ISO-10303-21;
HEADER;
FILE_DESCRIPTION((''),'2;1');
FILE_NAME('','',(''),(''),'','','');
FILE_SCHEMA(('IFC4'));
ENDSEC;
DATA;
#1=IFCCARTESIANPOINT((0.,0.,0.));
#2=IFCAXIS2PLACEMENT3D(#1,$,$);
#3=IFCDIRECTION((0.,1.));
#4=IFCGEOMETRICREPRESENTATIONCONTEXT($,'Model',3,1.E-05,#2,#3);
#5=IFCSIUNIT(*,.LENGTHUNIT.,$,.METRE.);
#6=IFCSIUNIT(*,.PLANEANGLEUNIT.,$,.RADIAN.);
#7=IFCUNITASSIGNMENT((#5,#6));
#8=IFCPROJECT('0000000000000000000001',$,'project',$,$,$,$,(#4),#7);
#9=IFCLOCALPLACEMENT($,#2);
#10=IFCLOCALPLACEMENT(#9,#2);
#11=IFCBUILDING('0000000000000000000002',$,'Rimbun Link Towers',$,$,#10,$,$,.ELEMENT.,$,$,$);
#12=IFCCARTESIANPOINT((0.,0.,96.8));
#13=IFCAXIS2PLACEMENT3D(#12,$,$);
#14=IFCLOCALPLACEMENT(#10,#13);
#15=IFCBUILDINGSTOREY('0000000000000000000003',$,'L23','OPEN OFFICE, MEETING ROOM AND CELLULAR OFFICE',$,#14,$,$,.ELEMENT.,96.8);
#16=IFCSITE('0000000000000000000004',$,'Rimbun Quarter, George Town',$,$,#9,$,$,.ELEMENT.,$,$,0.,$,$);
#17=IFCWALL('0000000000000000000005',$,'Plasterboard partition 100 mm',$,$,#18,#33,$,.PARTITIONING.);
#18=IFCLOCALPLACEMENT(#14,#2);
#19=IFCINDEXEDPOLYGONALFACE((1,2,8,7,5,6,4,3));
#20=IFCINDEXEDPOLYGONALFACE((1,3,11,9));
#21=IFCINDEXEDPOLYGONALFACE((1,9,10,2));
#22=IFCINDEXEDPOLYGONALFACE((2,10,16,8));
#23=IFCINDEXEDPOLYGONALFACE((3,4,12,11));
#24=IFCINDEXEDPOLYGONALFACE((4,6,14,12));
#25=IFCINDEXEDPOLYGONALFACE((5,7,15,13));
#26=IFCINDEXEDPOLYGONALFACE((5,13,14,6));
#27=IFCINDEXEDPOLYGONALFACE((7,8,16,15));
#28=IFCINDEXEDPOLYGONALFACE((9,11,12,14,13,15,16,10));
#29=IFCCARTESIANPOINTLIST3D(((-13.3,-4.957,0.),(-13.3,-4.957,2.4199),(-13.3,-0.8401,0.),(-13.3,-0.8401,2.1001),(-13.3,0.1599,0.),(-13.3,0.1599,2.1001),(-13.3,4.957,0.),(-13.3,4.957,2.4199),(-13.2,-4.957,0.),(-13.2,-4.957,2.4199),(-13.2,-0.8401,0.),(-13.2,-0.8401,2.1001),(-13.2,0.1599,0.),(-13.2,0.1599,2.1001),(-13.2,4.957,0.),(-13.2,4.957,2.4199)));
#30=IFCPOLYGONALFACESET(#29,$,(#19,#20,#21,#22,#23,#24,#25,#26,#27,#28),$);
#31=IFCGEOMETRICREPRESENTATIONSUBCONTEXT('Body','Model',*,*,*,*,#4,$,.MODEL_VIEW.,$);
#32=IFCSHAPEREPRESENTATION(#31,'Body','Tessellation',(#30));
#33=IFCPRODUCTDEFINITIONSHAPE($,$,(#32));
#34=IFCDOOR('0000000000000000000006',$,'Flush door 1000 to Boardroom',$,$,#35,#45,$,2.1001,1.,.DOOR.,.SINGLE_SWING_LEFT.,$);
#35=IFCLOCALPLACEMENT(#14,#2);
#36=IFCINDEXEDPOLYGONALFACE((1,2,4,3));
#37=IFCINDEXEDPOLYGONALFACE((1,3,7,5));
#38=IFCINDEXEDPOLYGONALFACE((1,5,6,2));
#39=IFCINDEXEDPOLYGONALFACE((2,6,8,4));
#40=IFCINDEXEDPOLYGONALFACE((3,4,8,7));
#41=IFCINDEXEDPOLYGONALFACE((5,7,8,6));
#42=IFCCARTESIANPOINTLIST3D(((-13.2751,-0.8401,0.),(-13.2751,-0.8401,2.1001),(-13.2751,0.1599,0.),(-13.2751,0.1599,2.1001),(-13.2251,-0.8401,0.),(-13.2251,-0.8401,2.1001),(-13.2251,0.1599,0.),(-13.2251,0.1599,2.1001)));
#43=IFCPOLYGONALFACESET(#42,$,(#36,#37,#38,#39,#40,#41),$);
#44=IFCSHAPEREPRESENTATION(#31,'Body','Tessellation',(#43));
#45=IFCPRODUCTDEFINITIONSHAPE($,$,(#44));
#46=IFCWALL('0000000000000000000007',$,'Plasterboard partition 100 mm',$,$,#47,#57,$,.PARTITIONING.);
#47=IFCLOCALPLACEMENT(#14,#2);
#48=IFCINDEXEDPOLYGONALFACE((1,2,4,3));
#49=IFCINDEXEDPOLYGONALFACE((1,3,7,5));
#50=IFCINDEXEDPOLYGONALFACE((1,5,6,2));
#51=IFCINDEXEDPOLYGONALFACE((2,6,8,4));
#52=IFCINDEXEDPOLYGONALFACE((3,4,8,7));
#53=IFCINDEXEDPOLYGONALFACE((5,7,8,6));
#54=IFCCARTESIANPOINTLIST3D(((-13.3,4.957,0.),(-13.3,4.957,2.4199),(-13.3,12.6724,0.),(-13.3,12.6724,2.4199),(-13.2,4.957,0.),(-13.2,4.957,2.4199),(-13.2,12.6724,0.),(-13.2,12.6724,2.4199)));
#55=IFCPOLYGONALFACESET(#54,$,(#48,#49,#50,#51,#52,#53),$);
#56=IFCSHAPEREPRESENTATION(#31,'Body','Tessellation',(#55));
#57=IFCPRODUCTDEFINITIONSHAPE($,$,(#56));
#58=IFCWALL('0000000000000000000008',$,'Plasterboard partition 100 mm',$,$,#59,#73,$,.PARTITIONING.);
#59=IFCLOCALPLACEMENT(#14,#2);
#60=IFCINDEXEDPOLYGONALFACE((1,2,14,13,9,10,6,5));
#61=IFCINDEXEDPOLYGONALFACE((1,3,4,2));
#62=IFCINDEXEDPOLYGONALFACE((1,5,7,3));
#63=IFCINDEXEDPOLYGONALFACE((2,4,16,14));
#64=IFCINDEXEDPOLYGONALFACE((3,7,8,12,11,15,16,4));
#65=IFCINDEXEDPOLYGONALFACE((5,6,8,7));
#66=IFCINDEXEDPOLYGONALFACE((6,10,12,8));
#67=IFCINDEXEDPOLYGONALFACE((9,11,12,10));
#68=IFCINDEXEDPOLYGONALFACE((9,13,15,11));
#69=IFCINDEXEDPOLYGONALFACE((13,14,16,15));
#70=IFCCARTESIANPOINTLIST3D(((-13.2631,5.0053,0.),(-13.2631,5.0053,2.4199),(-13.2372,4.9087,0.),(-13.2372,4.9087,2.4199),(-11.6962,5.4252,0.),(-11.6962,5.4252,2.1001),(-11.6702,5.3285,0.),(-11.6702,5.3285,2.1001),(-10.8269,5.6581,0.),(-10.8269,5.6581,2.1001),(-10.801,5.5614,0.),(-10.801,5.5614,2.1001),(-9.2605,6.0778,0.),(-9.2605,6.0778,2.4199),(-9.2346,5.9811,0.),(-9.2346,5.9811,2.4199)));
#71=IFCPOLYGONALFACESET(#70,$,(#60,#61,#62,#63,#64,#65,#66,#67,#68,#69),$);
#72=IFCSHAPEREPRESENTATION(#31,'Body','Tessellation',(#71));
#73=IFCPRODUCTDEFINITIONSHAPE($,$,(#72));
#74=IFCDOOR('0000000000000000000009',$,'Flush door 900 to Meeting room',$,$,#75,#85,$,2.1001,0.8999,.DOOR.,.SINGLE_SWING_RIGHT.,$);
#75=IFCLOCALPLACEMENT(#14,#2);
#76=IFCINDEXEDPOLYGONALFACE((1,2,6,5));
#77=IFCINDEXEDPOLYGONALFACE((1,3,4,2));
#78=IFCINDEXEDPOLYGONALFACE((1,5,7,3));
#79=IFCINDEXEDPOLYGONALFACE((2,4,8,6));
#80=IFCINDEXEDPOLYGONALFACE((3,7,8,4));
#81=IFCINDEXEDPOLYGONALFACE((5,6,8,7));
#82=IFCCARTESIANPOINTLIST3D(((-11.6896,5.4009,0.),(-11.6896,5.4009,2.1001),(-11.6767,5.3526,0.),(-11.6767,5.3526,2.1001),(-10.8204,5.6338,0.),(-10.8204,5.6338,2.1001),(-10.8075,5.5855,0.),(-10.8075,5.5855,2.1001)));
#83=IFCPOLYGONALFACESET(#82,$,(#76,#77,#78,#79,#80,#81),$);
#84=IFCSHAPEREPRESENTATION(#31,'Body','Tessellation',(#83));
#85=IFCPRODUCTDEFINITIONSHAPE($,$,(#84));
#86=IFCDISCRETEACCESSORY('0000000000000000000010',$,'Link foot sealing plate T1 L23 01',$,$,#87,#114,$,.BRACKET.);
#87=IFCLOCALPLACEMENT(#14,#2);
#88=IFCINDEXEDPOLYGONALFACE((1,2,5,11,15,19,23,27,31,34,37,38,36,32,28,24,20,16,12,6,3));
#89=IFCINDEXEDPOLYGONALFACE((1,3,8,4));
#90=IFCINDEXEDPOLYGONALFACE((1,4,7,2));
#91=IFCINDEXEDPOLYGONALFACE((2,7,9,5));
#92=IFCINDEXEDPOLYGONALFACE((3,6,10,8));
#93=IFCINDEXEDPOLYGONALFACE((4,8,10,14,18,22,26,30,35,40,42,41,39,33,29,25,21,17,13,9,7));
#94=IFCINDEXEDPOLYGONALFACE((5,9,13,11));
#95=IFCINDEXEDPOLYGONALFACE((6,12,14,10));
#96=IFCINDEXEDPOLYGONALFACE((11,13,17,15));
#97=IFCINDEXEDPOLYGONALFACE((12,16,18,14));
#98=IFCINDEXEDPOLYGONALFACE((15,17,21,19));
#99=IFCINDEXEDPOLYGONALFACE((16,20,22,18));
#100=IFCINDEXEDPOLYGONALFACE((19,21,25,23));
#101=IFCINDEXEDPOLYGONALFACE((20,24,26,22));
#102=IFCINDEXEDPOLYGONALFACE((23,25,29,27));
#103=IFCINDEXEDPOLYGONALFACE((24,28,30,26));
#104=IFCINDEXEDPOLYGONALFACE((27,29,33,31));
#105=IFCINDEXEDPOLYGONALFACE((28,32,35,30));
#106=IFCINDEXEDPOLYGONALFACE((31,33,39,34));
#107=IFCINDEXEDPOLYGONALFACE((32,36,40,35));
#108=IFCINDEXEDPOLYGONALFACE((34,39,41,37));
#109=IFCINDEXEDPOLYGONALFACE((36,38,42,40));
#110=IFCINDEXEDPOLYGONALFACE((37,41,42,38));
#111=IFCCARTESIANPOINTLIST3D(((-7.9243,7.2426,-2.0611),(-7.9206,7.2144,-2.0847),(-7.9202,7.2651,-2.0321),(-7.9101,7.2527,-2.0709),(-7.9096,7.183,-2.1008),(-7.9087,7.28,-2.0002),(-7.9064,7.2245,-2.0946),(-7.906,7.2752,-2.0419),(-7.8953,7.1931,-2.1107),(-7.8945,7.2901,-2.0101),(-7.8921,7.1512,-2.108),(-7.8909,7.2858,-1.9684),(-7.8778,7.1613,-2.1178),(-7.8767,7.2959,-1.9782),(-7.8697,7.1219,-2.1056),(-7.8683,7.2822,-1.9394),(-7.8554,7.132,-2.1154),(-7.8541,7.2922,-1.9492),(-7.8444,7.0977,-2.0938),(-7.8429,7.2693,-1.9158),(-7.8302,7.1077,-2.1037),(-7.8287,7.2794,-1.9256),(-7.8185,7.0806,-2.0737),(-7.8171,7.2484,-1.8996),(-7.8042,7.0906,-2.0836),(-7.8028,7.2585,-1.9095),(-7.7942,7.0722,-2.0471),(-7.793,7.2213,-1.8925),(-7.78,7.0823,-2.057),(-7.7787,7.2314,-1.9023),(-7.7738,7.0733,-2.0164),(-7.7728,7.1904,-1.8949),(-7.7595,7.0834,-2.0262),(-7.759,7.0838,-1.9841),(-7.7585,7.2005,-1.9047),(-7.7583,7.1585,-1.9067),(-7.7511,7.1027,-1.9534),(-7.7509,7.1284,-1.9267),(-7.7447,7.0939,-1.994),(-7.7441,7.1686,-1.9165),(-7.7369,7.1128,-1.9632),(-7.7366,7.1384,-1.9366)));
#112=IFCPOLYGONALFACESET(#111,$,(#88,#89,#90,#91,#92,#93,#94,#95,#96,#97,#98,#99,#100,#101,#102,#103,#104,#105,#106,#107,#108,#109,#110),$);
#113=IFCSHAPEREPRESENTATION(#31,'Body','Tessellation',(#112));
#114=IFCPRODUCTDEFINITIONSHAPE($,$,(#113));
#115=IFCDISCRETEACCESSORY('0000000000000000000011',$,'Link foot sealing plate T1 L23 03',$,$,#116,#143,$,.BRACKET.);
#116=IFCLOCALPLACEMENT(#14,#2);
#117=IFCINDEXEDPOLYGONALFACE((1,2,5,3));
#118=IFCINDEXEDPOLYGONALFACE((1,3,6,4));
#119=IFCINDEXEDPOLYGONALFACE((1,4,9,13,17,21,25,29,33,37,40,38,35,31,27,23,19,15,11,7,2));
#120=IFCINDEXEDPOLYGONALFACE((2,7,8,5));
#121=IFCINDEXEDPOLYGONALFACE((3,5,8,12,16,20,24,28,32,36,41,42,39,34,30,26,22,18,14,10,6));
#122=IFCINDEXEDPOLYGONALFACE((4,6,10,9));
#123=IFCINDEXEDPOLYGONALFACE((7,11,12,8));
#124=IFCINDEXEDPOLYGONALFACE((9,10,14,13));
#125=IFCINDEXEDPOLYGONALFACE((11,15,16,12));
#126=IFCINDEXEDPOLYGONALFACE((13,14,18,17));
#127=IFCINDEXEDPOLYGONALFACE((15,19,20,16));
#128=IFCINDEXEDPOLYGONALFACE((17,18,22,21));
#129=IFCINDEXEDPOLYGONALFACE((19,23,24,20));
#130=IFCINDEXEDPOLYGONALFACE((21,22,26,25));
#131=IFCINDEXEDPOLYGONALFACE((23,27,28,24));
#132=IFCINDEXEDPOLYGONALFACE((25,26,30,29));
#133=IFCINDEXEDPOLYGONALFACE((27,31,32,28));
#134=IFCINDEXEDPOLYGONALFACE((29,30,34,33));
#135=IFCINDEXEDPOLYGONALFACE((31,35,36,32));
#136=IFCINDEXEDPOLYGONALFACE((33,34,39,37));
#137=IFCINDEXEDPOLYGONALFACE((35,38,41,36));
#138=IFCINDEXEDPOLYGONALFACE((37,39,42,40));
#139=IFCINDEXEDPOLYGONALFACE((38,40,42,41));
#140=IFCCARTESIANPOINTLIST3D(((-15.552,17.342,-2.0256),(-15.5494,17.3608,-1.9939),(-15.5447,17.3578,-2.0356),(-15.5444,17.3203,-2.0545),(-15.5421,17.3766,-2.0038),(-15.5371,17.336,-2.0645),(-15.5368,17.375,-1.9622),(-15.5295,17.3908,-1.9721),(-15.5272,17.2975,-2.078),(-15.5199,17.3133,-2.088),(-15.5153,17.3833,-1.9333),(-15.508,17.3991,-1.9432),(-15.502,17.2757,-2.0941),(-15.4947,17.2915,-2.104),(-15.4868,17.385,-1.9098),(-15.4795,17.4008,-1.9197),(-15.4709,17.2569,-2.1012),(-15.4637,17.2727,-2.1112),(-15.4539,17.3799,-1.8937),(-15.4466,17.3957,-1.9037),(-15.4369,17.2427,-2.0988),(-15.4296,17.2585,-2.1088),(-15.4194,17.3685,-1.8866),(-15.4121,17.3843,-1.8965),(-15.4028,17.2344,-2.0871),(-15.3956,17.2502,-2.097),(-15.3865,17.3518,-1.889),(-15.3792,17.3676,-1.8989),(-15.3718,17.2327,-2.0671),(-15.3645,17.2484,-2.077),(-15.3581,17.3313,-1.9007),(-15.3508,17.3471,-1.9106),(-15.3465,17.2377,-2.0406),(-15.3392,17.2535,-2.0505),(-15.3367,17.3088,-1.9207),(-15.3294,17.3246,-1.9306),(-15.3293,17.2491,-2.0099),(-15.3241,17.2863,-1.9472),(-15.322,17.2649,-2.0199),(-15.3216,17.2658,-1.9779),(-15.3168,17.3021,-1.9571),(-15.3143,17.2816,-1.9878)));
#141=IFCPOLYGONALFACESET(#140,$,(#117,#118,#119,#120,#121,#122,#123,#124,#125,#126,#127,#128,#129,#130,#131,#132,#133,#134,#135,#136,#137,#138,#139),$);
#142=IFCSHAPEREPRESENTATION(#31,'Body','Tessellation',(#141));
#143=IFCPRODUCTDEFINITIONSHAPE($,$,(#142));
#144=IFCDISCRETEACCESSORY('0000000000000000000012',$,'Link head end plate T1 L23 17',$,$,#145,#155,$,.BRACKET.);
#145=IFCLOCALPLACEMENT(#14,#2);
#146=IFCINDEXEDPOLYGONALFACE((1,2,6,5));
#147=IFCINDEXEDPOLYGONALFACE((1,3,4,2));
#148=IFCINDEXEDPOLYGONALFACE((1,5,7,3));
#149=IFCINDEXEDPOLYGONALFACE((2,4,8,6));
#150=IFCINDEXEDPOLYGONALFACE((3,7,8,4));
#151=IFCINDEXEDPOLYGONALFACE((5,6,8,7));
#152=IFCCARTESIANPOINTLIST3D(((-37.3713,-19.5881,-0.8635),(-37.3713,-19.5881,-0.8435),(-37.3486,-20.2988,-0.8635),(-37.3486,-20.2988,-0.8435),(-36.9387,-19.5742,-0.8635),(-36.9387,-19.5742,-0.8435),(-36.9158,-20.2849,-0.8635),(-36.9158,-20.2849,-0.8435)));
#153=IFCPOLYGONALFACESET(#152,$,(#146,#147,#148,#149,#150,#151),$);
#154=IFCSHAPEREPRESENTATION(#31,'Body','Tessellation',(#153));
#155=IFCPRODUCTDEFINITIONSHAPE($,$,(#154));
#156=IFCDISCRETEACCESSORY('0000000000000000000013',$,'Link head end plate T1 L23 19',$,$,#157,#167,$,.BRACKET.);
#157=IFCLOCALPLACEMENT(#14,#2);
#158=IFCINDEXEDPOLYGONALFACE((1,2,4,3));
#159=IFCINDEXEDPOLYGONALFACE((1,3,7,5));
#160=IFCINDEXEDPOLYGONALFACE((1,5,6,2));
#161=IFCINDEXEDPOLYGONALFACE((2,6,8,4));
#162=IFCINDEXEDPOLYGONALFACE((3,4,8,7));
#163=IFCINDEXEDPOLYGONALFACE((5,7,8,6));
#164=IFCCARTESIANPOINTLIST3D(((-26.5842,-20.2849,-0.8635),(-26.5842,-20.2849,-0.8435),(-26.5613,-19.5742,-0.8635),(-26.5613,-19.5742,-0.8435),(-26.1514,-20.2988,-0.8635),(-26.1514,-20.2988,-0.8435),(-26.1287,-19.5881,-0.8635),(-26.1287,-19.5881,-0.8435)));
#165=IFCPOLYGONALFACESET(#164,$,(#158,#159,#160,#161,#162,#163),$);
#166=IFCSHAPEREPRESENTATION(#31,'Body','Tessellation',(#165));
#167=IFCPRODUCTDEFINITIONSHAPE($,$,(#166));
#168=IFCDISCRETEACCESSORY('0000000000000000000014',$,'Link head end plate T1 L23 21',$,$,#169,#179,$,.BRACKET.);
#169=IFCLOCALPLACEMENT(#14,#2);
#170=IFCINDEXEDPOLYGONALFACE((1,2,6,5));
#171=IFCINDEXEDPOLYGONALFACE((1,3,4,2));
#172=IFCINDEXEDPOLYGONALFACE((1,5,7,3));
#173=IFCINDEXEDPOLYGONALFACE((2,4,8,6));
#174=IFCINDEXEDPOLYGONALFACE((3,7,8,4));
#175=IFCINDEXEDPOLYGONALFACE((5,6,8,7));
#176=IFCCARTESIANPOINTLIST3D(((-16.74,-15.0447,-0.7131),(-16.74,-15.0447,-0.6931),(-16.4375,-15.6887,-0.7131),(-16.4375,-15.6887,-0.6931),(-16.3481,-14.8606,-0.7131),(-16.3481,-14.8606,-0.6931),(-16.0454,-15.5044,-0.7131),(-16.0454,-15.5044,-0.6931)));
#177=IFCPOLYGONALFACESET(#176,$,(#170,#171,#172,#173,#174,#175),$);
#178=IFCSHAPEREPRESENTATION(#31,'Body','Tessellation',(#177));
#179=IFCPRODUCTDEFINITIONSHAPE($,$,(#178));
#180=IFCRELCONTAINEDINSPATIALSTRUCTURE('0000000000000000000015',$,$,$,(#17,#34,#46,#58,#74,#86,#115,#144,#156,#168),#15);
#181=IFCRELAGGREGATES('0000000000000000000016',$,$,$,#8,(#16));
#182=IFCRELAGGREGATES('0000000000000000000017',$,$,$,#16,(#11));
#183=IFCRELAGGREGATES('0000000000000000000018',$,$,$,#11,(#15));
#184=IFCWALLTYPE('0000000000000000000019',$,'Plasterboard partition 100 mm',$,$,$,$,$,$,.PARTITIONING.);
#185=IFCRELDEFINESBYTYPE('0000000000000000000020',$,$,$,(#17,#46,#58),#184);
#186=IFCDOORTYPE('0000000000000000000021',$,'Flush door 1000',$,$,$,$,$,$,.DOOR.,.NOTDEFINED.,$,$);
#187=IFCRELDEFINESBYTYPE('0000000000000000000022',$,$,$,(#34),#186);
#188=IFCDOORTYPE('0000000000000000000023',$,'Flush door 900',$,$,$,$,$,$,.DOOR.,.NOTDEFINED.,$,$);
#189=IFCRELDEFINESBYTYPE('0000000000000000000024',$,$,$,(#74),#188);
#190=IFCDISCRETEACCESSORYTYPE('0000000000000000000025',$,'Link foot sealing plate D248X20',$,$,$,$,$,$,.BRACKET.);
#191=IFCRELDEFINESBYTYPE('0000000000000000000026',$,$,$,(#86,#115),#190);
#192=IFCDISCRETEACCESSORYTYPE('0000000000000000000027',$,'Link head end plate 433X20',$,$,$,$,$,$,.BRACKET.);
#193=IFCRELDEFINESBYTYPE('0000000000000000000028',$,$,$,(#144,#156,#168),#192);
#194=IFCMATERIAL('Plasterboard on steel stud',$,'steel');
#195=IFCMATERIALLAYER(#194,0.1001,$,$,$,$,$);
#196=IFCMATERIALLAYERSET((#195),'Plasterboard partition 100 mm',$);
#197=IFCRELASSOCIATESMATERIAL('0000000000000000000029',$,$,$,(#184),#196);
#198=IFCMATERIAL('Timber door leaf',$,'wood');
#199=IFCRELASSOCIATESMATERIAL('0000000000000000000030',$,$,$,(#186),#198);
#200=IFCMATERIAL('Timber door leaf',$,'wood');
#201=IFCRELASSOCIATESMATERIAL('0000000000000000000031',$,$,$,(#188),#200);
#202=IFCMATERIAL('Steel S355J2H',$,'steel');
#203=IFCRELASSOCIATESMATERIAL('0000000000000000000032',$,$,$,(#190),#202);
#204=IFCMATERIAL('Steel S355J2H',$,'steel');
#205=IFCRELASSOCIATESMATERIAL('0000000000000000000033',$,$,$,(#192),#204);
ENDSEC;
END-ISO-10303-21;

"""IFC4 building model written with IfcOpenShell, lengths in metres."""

from ifc_helpers import new_model, si_unit, direction, frame, frame_2d, origin, origin_2d, place, context, subcontext, project, spatial, polyline, rectangle, circle, outline, extrude, material, layer, layer_set, material_profile, profile_set, type_object, element, fill, save


model = new_model("IFC4")

# Units and contexts
model_context = context("Model", 3, precision=1e-05, world=origin(), true_north=direction((0.0, 1.0)))
body_context = subcontext(model_context, "Body", "Model", "MODEL_VIEW")
ifc_project = project(units=[si_unit("LENGTHUNIT", "METRE"), si_unit("PLANEANGLEUNIT", "RADIAN")], contexts=[model_context])

# Site, building, storey
site_placement = place(None, origin())
site = spatial("IfcSite", under=ifc_project, at=site_placement, Name="Rimbun Quarter, George Town", CompositionType="ELEMENT", RefElevation=0.0)
building_placement = place(site_placement, origin())
building = spatial("IfcBuilding", under=site, at=building_placement, Name="Rimbun Link Towers", CompositionType="ELEMENT")
storey_placement = place(building_placement, frame((0.0, 0.0, 96.8)))
storey = spatial("IfcBuildingStorey", under=building, at=storey_placement, Name="L23", Description="OPEN OFFICE, MEETING ROOM AND CELLULAR OFFICE", CompositionType="ELEMENT", Elevation=96.8)

# Wall, opening, door
ifc_material_1 = material(Name="Plasterboard on steel stud", Category="steel")
ifc_layer_1 = layer(ifc_material_1, 0.1001)
ifc_layer_set_1 = layer_set([ifc_layer_1], Name="Plasterboard partition 100 mm")
wall_type = type_object("IfcWallType", Name="Plasterboard partition 100 mm", PredefinedType="PARTITIONING", material=ifc_layer_set_1)
wall_1_placement = place(storey_placement, frame((-13.25, 4.957, 0.0), z_axis=(0.0, 0.0, 1.0), x_axis=(0.0, -1.0, 0.0)))
wall_1 = element("IfcWall", 1, at=wall_1_placement, inside=storey, type_object=wall_type, Name="Plasterboard partition 100 mm", PredefinedType="PARTITIONING", context=body_context, shape_type="SweptSolid", body=[
    extrude(rectangle(XDim=9.9141, YDim=0.1001, at=frame_2d((4.957, 0.0))), origin(), (0.0, 0.0, 1.0), 2.4199),
])
opening_1_placement = place(wall_1_placement, frame((4.7971, 0.0, 0.0)))
opening_1 = element("IfcOpeningElement", 2, at=opening_1_placement, cuts=wall_1, PredefinedType="OPENING", context=body_context, shape_type="SweptSolid", body=[
    extrude(rectangle(XDim=1.0, YDim=2.1001, at=frame_2d((0.5, 1.05))), frame((0.0, 0.0601, 0.0), z_axis=(0.0, -1.0, 0.0), x_axis=(1.0, 0.0, 0.0)), (0.0, 0.0, 1.0), 0.1201),
])
ifc_material_2 = material(Name="Timber door leaf", Category="wood")
door_type_1 = type_object("IfcDoorType", Name="Flush door 1000", OperationType="NOTDEFINED", PredefinedType="DOOR", material=ifc_material_2)
door_1_placement = place(opening_1_placement, origin())
door_1 = element("IfcDoor", 3, at=door_1_placement, inside=storey, type_object=door_type_1, Name="Flush door 1000 to Boardroom", OperationType="SINGLE_SWING_LEFT", OverallHeight=2.1001, OverallWidth=1.0, PredefinedType="DOOR", context=body_context, shape_type="SweptSolid", body=[
    extrude(rectangle(XDim=1.0, YDim=2.1001, at=frame_2d((0.5, 1.05))), frame((0.0, 0.0249, 0.0), z_axis=(0.0, -1.0, 0.0), x_axis=(1.0, 0.0, 0.0)), (0.0, 0.0, 1.0), 0.05),
])
fill(opening_1, door_1)

# Wall
wall_2_placement = place(storey_placement, frame((-13.25, 4.957, 0.0), z_axis=(0.0, 0.0, 1.0), x_axis=(0.0, 1.0, 0.0)))
element("IfcWall", 4, at=wall_2_placement, inside=storey, type_object=wall_type, Name="Plasterboard partition 100 mm", PredefinedType="PARTITIONING", context=body_context, shape_type="SweptSolid", body=[
    extrude(rectangle(XDim=7.7153, YDim=0.1001, at=frame_2d((3.8577, 0.0))), origin(), (0.0, 0.0, 1.0), 2.4199),
])

# Wall, opening, door
wall_3_placement = place(storey_placement, frame((-13.25, 4.957, 0.0), z_axis=(0.0, 0.0, 1.0), x_axis=(0.965926, 0.258818, 0.0)))
wall_3 = element("IfcWall", 5, at=wall_3_placement, inside=storey, type_object=wall_type, Name="Plasterboard partition 100 mm", PredefinedType="PARTITIONING", context=body_context, shape_type="SweptSolid", body=[
    extrude(rectangle(XDim=4.1438, YDim=0.1001, at=frame_2d((2.0718, 0.0))), origin(), (0.0, 0.0, 1.0), 2.4199),
])
opening_2_placement = place(wall_3_placement, frame((1.6221, 0.0, 0.0)))
opening_2 = element("IfcOpeningElement", 6, at=opening_2_placement, cuts=wall_3, PredefinedType="OPENING", context=body_context, shape_type="SweptSolid", body=[
    extrude(rectangle(XDim=0.8999, YDim=2.1001, at=frame_2d((0.45, 1.05))), frame((0.0, 0.0601, 0.0), z_axis=(0.0, -1.0, 0.0), x_axis=(1.0, 0.0, 0.0)), (0.0, 0.0, 1.0), 0.1201),
])
ifc_material_3 = material(Name="Timber door leaf", Category="wood")
door_type_2 = type_object("IfcDoorType", Name="Flush door 900", OperationType="NOTDEFINED", PredefinedType="DOOR", material=ifc_material_3)
door_2_placement = place(opening_2_placement, origin())
door_2 = element("IfcDoor", 7, at=door_2_placement, inside=storey, type_object=door_type_2, Name="Flush door 900 to Meeting room", OperationType="SINGLE_SWING_RIGHT", OverallHeight=2.1001, OverallWidth=0.8999, PredefinedType="DOOR", context=body_context, shape_type="SweptSolid", body=[
    extrude(rectangle(XDim=0.8999, YDim=2.1001, at=frame_2d((0.45, 1.05))), frame((0.0, 0.0249, 0.0), z_axis=(0.0, -1.0, 0.0), x_axis=(1.0, 0.0, 0.0)), (0.0, 0.0, 1.0), 0.05),
])
fill(opening_2, door_2)

# Discrete accessories
ifc_material_4 = material(Name="Steel S355J2H", Category="steel")
ifc_material_profile_1 = material_profile(ifc_material_4, circle(Radius=0.124, at=origin_2d()), Name="PL D248")
ifc_profile_set_1 = profile_set([ifc_material_profile_1], Name="Steel S355J2H")
discrete_accessory_type_1 = type_object("IfcDiscreteAccessoryType", Name="Link foot sealing plate D248X20", PredefinedType="BRACKET", material=ifc_profile_set_1)
for number, where, z_axis, x_axis, name in (
    (8, (-7.8372, 7.1787, -2.0002), (0.711509, 0.502963, -0.490696), (-0.577236, 0.816577, 0.0), "Link foot sealing plate T1 L23 01"),
    (9, (-15.4368, 17.3088, -1.9939), (0.363643, 0.787893, -0.496979), (-0.907959, 0.419058, 0.0), "Link foot sealing plate T1 L23 03"),
):
    element("IfcDiscreteAccessory", number, at=place(storey_placement, frame(where, z_axis=z_axis, x_axis=x_axis)), inside=storey, type_object=discrete_accessory_type_1, Name=name, PredefinedType="BRACKET", context=body_context, shape_type="SweptSolid", body=[
        extrude(circle(Radius=0.124, at=origin_2d()), origin(), (0.0, 0.0, 1.0), 0.02),
    ])
ifc_material_5 = material(Name="Steel S355J2H", Category="steel")
ifc_material_profile_2 = material_profile(ifc_material_5, rectangle(XDim=0.4331, YDim=0.4331, at=origin_2d()), Name="PL 433x433")
ifc_profile_set_2 = profile_set([ifc_material_profile_2], Name="Steel S355J2H")
discrete_accessory_type_2 = type_object("IfcDiscreteAccessoryType", Name="Link head end plate 433X20", PredefinedType="BRACKET", material=ifc_profile_set_2)
discrete_accessory_1_placement = place(storey_placement, frame((0.0, 0.0, -0.8635)))
element("IfcDiscreteAccessory", 10, at=discrete_accessory_1_placement, inside=storey, type_object=discrete_accessory_type_2, Name="Link head end plate T1 L23 17", PredefinedType="BRACKET", context=body_context, shape_type="SweptSolid", body=[
    extrude(outline(polyline([(-37.3713, -19.5881), (-37.3486, -20.2988), (-36.9158, -20.2849), (-36.9387, -19.5742), (-37.3713, -19.5881)])), origin(), (0.0, 0.0, 1.0), 0.02),
])
discrete_accessory_2_placement = place(storey_placement, frame((0.0, 0.0, -0.8635)))
element("IfcDiscreteAccessory", 11, at=discrete_accessory_2_placement, inside=storey, type_object=discrete_accessory_type_2, Name="Link head end plate T1 L23 19", PredefinedType="BRACKET", context=body_context, shape_type="SweptSolid", body=[
    extrude(outline(polyline([(-26.5613, -19.5742), (-26.5842, -20.2849), (-26.1514, -20.2988), (-26.1287, -19.5881), (-26.5613, -19.5742)])), origin(), (0.0, 0.0, 1.0), 0.02),
])
discrete_accessory_3_placement = place(storey_placement, frame((0.0, 0.0, -0.7131)))
element("IfcDiscreteAccessory", 12, at=discrete_accessory_3_placement, inside=storey, type_object=discrete_accessory_type_2, Name="Link head end plate T1 L23 21", PredefinedType="BRACKET", context=body_context, shape_type="SweptSolid", body=[
    extrude(outline(polyline([(-16.74, -15.0447), (-16.4375, -15.6887), (-16.0454, -15.5044), (-16.3481, -14.8606), (-16.74, -15.0447)])), origin(), (0.0, 0.0, 1.0), 0.02),
])

save(model, "model.ifc")
